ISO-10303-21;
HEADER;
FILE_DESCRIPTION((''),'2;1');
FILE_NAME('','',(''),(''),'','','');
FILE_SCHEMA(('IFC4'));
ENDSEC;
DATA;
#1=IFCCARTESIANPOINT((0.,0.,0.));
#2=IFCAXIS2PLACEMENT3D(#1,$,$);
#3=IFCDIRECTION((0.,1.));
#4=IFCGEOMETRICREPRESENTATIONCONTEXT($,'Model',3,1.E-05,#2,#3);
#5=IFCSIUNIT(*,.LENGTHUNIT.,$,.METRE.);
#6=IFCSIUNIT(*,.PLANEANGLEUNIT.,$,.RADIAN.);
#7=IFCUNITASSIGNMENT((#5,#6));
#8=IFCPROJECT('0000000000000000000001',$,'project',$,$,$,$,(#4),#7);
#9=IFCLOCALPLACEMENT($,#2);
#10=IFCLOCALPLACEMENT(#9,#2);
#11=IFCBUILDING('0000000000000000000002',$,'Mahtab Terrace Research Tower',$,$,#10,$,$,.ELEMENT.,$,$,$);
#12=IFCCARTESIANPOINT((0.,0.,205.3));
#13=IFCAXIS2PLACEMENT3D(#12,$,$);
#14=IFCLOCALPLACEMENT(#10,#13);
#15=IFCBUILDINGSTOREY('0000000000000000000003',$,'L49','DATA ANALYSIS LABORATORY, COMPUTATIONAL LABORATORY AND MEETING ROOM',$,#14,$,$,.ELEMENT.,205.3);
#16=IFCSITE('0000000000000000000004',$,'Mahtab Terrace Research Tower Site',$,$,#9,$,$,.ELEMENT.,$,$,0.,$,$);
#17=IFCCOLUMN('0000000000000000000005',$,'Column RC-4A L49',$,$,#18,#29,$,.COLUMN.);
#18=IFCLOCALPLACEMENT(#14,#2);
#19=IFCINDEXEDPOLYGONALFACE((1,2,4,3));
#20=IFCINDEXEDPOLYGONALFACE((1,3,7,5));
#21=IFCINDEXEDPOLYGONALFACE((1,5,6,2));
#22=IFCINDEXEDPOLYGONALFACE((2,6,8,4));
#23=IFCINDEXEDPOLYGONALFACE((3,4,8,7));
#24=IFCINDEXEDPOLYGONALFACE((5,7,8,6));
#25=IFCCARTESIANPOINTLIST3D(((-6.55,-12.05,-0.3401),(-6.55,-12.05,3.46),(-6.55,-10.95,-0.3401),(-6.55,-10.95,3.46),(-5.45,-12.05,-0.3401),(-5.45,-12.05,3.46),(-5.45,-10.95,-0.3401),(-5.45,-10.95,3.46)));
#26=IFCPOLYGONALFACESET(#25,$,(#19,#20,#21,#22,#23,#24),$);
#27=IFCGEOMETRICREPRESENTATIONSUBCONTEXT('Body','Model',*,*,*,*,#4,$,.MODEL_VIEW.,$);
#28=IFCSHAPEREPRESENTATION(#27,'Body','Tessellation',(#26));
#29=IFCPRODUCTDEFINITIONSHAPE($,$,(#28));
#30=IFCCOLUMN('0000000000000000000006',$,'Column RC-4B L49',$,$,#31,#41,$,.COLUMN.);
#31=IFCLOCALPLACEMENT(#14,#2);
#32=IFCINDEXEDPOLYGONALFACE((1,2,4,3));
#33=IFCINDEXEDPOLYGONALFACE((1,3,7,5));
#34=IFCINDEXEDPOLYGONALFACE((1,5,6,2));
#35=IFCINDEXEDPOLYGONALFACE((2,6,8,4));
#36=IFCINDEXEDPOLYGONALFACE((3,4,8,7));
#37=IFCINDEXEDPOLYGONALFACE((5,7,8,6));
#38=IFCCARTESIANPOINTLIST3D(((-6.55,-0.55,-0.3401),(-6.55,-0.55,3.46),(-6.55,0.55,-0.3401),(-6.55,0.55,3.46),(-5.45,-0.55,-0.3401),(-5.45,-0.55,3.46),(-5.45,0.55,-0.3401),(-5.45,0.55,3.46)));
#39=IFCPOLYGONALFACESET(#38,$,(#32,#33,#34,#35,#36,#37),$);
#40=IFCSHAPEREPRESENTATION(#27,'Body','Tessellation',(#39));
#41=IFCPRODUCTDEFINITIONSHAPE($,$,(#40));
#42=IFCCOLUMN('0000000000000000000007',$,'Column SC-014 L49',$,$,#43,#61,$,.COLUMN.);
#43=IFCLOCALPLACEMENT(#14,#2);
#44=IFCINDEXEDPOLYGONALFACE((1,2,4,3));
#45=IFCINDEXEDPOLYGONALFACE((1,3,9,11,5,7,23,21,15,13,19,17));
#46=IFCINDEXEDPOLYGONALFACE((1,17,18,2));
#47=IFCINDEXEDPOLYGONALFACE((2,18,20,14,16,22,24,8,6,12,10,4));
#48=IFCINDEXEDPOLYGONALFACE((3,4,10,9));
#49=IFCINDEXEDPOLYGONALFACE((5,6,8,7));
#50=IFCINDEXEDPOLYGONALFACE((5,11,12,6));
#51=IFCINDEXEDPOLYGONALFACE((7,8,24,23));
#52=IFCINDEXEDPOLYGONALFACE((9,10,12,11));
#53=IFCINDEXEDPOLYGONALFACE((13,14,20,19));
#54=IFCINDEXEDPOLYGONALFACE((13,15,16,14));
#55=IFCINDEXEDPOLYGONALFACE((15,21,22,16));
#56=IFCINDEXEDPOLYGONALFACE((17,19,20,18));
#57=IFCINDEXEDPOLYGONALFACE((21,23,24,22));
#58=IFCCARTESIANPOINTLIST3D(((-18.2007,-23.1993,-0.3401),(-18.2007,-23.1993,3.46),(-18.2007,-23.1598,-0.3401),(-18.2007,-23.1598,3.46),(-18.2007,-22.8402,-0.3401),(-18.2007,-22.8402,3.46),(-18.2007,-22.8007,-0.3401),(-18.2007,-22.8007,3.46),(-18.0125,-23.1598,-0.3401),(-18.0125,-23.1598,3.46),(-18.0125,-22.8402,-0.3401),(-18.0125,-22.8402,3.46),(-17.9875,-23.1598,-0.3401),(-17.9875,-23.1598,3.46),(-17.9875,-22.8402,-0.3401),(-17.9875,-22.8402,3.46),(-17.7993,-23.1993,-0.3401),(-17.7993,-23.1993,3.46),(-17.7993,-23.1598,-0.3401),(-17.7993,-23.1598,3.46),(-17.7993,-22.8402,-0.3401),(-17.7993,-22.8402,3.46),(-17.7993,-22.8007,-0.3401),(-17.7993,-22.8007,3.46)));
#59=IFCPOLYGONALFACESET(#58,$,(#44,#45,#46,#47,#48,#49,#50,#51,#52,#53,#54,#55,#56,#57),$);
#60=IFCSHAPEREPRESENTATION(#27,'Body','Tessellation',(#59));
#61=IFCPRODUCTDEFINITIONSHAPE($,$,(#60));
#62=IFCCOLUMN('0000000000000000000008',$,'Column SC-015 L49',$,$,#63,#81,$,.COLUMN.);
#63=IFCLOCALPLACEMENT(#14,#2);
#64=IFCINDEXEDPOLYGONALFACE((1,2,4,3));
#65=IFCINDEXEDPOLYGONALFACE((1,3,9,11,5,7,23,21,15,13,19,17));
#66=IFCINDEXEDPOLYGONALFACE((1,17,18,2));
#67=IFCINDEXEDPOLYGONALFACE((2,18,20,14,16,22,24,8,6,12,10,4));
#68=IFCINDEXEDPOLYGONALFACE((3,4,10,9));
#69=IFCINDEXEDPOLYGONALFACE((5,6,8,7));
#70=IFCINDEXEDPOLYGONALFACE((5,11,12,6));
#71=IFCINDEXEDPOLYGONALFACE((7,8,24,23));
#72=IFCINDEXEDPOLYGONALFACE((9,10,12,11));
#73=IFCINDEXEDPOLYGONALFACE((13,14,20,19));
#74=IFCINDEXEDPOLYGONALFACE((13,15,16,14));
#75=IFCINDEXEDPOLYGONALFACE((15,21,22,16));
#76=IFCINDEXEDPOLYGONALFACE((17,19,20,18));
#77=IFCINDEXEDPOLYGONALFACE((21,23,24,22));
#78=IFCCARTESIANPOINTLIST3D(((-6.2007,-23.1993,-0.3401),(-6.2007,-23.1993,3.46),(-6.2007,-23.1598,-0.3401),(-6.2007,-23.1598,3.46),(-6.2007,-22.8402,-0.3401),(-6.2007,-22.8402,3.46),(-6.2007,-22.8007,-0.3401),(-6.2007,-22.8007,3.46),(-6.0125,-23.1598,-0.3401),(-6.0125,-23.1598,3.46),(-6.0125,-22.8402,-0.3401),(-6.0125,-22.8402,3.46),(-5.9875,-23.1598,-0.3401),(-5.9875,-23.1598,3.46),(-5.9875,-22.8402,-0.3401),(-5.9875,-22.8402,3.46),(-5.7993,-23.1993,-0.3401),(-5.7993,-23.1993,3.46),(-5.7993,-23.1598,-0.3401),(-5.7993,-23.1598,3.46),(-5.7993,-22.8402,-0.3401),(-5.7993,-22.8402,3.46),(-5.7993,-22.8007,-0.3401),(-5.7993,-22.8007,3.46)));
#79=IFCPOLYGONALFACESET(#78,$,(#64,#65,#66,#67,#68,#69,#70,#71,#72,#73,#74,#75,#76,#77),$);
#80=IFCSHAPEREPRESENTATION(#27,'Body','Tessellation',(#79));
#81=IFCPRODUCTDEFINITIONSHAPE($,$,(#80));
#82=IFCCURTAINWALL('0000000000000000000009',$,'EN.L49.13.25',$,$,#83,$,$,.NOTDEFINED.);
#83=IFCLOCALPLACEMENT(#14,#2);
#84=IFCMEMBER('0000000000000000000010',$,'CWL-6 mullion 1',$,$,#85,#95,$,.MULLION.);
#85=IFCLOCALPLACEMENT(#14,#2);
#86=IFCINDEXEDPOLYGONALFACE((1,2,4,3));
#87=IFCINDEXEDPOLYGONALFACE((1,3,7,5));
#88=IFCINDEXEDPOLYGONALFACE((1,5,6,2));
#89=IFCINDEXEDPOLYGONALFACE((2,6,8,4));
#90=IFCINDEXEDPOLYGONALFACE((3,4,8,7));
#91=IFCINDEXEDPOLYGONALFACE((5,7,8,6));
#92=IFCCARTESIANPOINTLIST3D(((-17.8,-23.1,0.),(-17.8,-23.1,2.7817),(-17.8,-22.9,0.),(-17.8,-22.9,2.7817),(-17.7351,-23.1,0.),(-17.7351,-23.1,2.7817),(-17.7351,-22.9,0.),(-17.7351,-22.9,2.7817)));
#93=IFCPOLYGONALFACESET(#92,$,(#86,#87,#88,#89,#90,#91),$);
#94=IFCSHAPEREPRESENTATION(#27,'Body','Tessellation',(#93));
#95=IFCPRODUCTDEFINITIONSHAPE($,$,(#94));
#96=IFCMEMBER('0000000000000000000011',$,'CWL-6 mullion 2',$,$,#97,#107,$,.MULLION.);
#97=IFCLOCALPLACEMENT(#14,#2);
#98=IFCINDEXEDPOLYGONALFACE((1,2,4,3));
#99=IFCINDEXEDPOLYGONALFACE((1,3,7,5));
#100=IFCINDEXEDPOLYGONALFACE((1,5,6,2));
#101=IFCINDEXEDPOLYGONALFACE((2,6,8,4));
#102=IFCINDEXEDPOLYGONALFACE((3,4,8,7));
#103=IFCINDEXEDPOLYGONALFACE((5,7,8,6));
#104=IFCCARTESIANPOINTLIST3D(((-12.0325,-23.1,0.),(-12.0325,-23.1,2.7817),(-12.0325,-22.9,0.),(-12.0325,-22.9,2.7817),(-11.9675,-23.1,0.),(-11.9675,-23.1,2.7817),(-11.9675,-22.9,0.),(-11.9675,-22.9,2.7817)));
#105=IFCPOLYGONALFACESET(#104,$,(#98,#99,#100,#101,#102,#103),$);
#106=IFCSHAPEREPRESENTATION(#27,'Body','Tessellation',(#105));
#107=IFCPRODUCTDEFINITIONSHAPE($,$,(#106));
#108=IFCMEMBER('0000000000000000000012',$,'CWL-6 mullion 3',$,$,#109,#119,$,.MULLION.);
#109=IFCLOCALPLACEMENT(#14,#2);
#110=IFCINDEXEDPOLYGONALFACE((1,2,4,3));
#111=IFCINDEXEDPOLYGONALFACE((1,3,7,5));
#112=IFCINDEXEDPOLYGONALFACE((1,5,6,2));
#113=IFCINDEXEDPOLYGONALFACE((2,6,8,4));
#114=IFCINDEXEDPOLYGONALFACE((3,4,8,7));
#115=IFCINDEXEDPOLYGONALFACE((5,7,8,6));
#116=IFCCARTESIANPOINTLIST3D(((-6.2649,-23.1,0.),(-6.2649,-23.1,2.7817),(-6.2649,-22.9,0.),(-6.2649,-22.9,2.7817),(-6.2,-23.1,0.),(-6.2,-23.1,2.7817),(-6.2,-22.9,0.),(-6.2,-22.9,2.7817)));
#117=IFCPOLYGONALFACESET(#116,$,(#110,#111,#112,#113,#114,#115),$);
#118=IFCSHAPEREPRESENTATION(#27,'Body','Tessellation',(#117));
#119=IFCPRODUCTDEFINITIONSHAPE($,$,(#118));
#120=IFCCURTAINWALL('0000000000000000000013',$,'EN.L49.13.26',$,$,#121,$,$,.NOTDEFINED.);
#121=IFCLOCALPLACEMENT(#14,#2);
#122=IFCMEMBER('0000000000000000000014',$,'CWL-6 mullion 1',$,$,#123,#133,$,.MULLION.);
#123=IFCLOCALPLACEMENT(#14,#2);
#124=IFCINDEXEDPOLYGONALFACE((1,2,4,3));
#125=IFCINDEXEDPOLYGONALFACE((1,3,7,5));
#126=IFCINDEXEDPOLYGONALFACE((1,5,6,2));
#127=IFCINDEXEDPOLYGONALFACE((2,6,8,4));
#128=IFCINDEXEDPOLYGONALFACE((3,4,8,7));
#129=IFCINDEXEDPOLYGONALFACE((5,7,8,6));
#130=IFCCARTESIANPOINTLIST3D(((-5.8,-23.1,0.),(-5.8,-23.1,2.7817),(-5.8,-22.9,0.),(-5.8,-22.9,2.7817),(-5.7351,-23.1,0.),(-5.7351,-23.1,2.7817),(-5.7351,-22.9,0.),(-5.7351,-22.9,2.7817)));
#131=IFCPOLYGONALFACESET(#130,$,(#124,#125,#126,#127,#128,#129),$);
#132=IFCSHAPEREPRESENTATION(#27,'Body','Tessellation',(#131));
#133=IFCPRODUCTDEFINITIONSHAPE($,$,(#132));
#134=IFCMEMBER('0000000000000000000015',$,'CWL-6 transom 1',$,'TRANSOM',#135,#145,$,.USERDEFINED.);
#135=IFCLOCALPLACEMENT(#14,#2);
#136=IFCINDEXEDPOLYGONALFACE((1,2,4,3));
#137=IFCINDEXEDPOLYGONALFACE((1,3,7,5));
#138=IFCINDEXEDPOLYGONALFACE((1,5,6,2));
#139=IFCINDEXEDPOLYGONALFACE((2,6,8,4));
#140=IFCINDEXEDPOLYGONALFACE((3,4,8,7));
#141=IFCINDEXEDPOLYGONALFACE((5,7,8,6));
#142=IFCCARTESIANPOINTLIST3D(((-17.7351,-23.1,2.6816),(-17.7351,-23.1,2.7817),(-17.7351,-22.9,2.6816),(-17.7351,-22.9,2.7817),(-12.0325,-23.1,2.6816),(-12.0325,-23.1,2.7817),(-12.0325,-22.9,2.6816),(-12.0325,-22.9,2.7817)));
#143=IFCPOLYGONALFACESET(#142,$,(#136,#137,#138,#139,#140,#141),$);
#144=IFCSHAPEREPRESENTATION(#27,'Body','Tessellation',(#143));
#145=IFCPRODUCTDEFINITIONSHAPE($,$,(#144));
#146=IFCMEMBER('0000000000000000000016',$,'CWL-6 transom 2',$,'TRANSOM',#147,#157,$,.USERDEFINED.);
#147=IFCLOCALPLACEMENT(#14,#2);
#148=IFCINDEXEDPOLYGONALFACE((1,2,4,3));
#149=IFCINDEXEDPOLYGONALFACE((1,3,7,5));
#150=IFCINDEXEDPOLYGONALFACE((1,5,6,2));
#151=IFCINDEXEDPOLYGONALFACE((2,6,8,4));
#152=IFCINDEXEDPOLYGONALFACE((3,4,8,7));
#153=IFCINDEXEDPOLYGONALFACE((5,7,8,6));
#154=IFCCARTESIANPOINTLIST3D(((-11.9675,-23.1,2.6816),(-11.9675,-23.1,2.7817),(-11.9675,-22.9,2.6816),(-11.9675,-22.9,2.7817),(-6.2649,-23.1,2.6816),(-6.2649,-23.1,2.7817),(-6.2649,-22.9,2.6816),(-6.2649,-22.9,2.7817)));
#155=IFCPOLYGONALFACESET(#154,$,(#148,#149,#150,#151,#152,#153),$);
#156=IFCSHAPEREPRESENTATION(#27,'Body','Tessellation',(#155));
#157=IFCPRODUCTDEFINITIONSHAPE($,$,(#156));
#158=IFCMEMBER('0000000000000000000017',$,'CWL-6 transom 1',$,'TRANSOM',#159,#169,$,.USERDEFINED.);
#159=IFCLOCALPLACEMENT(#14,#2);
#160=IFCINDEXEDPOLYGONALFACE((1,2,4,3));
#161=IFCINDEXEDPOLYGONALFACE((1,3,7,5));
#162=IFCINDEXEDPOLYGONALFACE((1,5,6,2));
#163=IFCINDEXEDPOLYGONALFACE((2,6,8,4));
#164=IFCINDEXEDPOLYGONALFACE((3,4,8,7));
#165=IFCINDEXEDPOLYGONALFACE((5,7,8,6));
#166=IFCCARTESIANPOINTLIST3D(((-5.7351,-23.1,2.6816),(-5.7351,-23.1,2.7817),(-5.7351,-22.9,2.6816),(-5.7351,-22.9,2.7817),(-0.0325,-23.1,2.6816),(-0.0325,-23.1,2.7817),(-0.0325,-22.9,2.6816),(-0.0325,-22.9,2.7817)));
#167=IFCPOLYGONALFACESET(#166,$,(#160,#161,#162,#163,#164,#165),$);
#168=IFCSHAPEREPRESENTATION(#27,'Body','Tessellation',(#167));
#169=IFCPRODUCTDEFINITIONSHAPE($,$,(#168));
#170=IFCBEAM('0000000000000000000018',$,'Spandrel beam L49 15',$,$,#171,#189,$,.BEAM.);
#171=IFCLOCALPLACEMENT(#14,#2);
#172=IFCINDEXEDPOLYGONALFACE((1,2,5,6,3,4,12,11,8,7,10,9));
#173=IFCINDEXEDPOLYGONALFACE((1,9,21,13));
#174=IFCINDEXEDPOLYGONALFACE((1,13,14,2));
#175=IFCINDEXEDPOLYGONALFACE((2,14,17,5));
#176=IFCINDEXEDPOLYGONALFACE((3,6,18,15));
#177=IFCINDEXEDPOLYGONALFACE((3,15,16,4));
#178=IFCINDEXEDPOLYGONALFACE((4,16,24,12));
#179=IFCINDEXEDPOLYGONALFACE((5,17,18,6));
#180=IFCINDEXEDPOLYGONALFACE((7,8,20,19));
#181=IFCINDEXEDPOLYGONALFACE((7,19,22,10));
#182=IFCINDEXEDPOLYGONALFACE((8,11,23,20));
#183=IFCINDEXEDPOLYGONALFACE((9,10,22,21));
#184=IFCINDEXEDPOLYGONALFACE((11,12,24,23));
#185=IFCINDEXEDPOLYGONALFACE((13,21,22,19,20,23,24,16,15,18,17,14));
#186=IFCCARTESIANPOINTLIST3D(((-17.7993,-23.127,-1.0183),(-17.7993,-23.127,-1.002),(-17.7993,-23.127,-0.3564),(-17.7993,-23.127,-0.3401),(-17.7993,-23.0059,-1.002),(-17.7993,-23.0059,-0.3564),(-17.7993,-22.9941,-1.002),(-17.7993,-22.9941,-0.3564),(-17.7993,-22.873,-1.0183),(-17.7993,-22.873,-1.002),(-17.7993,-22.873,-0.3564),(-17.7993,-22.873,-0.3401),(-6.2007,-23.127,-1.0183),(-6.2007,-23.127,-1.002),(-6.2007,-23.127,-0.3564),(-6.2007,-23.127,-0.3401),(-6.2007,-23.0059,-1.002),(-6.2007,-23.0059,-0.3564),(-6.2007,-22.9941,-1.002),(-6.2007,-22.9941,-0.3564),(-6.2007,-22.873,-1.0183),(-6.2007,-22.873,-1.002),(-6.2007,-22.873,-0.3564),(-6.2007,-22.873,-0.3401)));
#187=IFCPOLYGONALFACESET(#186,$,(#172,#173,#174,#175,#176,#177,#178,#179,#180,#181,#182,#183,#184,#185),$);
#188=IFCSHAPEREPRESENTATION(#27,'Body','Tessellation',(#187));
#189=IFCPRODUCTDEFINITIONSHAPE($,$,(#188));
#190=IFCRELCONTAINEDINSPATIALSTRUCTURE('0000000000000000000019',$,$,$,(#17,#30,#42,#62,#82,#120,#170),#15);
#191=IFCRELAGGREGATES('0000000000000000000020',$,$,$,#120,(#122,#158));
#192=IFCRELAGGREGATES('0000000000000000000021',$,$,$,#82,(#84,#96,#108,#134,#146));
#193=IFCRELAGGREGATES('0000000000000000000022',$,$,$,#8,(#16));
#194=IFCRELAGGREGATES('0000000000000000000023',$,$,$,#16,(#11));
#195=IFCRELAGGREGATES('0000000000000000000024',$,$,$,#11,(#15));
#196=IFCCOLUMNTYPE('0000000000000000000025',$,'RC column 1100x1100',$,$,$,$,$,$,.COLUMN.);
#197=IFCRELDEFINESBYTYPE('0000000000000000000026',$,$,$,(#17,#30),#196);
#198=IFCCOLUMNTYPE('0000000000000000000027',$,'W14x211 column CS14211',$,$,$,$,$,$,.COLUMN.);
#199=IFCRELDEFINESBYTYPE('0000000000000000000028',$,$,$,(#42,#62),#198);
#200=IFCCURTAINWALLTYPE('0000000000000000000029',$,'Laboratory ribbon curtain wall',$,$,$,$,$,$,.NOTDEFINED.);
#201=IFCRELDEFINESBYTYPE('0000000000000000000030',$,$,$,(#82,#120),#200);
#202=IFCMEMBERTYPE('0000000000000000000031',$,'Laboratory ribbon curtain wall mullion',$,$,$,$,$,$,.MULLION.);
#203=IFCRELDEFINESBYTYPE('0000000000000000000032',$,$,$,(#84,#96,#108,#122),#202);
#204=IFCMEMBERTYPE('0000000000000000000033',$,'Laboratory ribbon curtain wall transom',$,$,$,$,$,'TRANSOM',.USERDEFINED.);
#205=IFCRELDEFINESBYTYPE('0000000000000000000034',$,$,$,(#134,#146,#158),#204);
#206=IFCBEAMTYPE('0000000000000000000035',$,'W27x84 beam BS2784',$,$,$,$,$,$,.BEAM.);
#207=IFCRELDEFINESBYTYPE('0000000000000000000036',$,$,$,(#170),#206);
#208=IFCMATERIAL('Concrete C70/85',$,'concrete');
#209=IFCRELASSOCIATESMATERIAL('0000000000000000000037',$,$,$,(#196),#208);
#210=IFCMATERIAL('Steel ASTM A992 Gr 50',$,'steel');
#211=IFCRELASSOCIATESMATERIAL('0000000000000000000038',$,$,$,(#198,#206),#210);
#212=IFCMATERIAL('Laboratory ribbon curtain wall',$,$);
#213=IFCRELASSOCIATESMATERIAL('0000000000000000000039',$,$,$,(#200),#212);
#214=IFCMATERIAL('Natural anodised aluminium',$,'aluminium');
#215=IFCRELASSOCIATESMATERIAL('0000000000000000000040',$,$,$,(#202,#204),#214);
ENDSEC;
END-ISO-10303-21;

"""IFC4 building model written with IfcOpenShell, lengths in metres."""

from ifc_helpers import new_model, si_unit, direction, frame, origin, origin_2d, place, context, subcontext, project, spatial, rectangle, i_section, extrude, material, material_profile, profile_set, type_object, element, aggregate, save


model = new_model("IFC4")

# Units and contexts
model_context = context("Model", 3, precision=1e-05, world=origin(), true_north=direction((0.0, 1.0)))
body_context = subcontext(model_context, "Body", "Model", "MODEL_VIEW")
ifc_project = project(units=[si_unit("LENGTHUNIT", "METRE"), si_unit("PLANEANGLEUNIT", "RADIAN")], contexts=[model_context])

# Site, building, storey
site_placement = place(None, origin())
site = spatial("IfcSite", under=ifc_project, at=site_placement, Name="Mahtab Terrace Research Tower Site", CompositionType="ELEMENT", RefElevation=0.0)
building_placement = place(site_placement, origin())
building = spatial("IfcBuilding", under=site, at=building_placement, Name="Mahtab Terrace Research Tower", CompositionType="ELEMENT")
storey_placement = place(building_placement, frame((0.0, 0.0, 205.3)))
storey = spatial("IfcBuildingStorey", under=building, at=storey_placement, Name="L49", Description="DATA ANALYSIS LABORATORY, COMPUTATIONAL LABORATORY AND MEETING ROOM", CompositionType="ELEMENT", Elevation=205.3)

# Columns
ifc_material_1 = material(Name="Concrete C70/85", Category="concrete")
ifc_material_profile_1 = material_profile(ifc_material_1, rectangle(XDim=1.1001, YDim=1.1001, at=origin_2d()), Name="RC column 1100x1100")
ifc_profile_set_1 = profile_set([ifc_material_profile_1], Name="Concrete C70/85")
column_type_1 = type_object("IfcColumnType", Name="RC column 1100x1100", PredefinedType="COLUMN", material=ifc_profile_set_1)
for number, where, z_axis, x_axis, name in (
    (1, (-6.0, -11.5, -0.3401), (0.0, 0.0, 1.0), (1.0, 0.0, 0.0), "Column RC-4A L49"),
    (2, (-6.0, 0.0, -0.3401), (0.0, 0.0, 1.0), (1.0, 0.0, 0.0), "Column RC-4B L49"),
):
    element("IfcColumn", number, at=place(storey_placement, frame(where, z_axis=z_axis, x_axis=x_axis)), inside=storey, type_object=column_type_1, Name=name, PredefinedType="COLUMN", context=body_context, shape_type="SweptSolid", body=[
        extrude(rectangle(XDim=1.1001, YDim=1.1001, at=origin_2d()), origin(), (0.0, 0.0, 1.0), 3.8),
    ])
ifc_material_2 = material(Name="Steel ASTM A992 Gr 50", Category="steel")
ifc_material_profile_2 = material_profile(ifc_material_2, i_section(OverallWidth=0.4014, OverallDepth=0.3987, WebThickness=0.0249, FlangeThickness=0.0396, at=origin_2d()), Name="W14X211")
ifc_profile_set_2 = profile_set([ifc_material_profile_2], Name="Steel ASTM A992 Gr 50")
column_type_2 = type_object("IfcColumnType", Name="W14x211 column CS14211", PredefinedType="COLUMN", material=ifc_profile_set_2)
for number, where, z_axis, x_axis, name in (
    (3, (-18.0, -23.0, -0.3401), (0.0, 0.0, 1.0), (1.0, 0.0, 0.0), "Column SC-014 L49"),
    (4, (-6.0, -23.0, -0.3401), (0.0, 0.0, 1.0), (1.0, 0.0, 0.0), "Column SC-015 L49"),
):
    element("IfcColumn", number, at=place(storey_placement, frame(where, z_axis=z_axis, x_axis=x_axis)), inside=storey, type_object=column_type_2, Name=name, PredefinedType="COLUMN", context=body_context, shape_type="SweptSolid", body=[
        extrude(i_section(OverallWidth=0.4014, OverallDepth=0.3987, WebThickness=0.0249, FlangeThickness=0.0396, at=origin_2d()), origin(), (0.0, 0.0, 1.0), 3.8),
    ])

# Curtain wall, members
ifc_material_3 = material(Name="Laboratory ribbon curtain wall")
curtain_wall_type = type_object("IfcCurtainWallType", Name="Laboratory ribbon curtain wall", PredefinedType="NOTDEFINED", material=ifc_material_3)
curtain_wall_1_placement = place(storey_placement, origin())
curtain_wall_1 = element("IfcCurtainWall", 5, at=curtain_wall_1_placement, inside=storey, type_object=curtain_wall_type, Name="EN.L49.13.25", PredefinedType="NOTDEFINED")
ifc_material_4 = material(Name="Natural anodised aluminium", Category="aluminium")
ifc_material_profile_3 = material_profile(ifc_material_4, rectangle(XDim=0.2, YDim=0.0649, at=origin_2d()), Name="MULLION 65x200")
ifc_profile_set_3 = profile_set([ifc_material_profile_3], Name="Natural anodised aluminium")
member_type_1 = type_object("IfcMemberType", Name="Laboratory ribbon curtain wall mullion", PredefinedType="MULLION", material=ifc_profile_set_3)
member_1_placement = place(storey_placement, frame((-17.7676, -23.0, 0.0), z_axis=(0.0, 0.0, 1.0), x_axis=(0.0, 1.0, 0.0)))
member_1 = element("IfcMember", 6, at=member_1_placement, type_object=member_type_1, Name="CWL-6 mullion 1", PredefinedType="MULLION", context=body_context, shape_type="SweptSolid", body=[
    extrude(rectangle(XDim=0.2, YDim=0.0649, at=origin_2d()), origin(), (0.0, 0.0, 1.0), 2.7817),
])
member_2_placement = place(storey_placement, frame((-12.0, -23.0, 0.0), z_axis=(0.0, 0.0, 1.0), x_axis=(0.0, 1.0, 0.0)))
member_2 = element("IfcMember", 7, at=member_2_placement, type_object=member_type_1, Name="CWL-6 mullion 2", PredefinedType="MULLION", context=body_context, shape_type="SweptSolid", body=[
    extrude(rectangle(XDim=0.2, YDim=0.0649, at=origin_2d()), origin(), (0.0, 0.0, 1.0), 2.7817),
])
member_3_placement = place(storey_placement, frame((-6.2324, -23.0, 0.0), z_axis=(0.0, 0.0, 1.0), x_axis=(0.0, 1.0, 0.0)))
member_3 = element("IfcMember", 8, at=member_3_placement, type_object=member_type_1, Name="CWL-6 mullion 3", PredefinedType="MULLION", context=body_context, shape_type="SweptSolid", body=[
    extrude(rectangle(XDim=0.2, YDim=0.0649, at=origin_2d()), origin(), (0.0, 0.0, 1.0), 2.7817),
])

# Curtain wall, member
curtain_wall_2_placement = place(storey_placement, origin())
curtain_wall_2 = element("IfcCurtainWall", 9, at=curtain_wall_2_placement, inside=storey, type_object=curtain_wall_type, Name="EN.L49.13.26", PredefinedType="NOTDEFINED")
member_4_placement = place(storey_placement, frame((-5.7676, -23.0, 0.0), z_axis=(0.0, 0.0, 1.0), x_axis=(0.0, 1.0, 0.0)))
member_4 = element("IfcMember", 10, at=member_4_placement, type_object=member_type_1, Name="CWL-6 mullion 1", PredefinedType="MULLION", context=body_context, shape_type="SweptSolid", body=[
    extrude(rectangle(XDim=0.2, YDim=0.0649, at=origin_2d()), origin(), (0.0, 0.0, 1.0), 2.7817),
])

# Members
ifc_material_profile_4 = material_profile(ifc_material_4, rectangle(XDim=0.2, YDim=0.1001, at=origin_2d()), Name="TRANSOM 100x200")
ifc_profile_set_4 = profile_set([ifc_material_profile_4], Name="Natural anodised aluminium")
member_type_2 = type_object("IfcMemberType", Name="Laboratory ribbon curtain wall transom", ElementType="TRANSOM", PredefinedType="USERDEFINED", material=ifc_profile_set_4)
member_5_placement = place(storey_placement, frame((-17.7351, -23.0, 2.7317), z_axis=(1.0, 0.0, 0.0), x_axis=(0.0, 1.0, 0.0)))
member_5 = element("IfcMember", 11, at=member_5_placement, type_object=member_type_2, Name="CWL-6 transom 1", ObjectType="TRANSOM", PredefinedType="USERDEFINED", context=body_context, shape_type="SweptSolid", body=[
    extrude(rectangle(XDim=0.2, YDim=0.1001, at=origin_2d()), origin(), (0.0, 0.0, 1.0), 5.7026),
])
member_6_placement = place(storey_placement, frame((-11.9675, -23.0, 2.7317), z_axis=(1.0, 0.0, 0.0), x_axis=(0.0, 1.0, 0.0)))
member_6 = element("IfcMember", 12, at=member_6_placement, type_object=member_type_2, Name="CWL-6 transom 2", ObjectType="TRANSOM", PredefinedType="USERDEFINED", context=body_context, shape_type="SweptSolid", body=[
    extrude(rectangle(XDim=0.2, YDim=0.1001, at=origin_2d()), origin(), (0.0, 0.0, 1.0), 5.7026),
])
member_7_placement = place(storey_placement, frame((-5.7351, -23.0, 2.7317), z_axis=(1.0, 0.0, 0.0), x_axis=(0.0, 1.0, 0.0)))
member_7 = element("IfcMember", 13, at=member_7_placement, type_object=member_type_2, Name="CWL-6 transom 1", ObjectType="TRANSOM", PredefinedType="USERDEFINED", context=body_context, shape_type="SweptSolid", body=[
    extrude(rectangle(XDim=0.2, YDim=0.1001, at=origin_2d()), origin(), (0.0, 0.0, 1.0), 5.7026),
])
aggregate(curtain_wall_2, [member_4, member_7])

# Beam
ifc_material_profile_5 = material_profile(ifc_material_2, i_section(OverallWidth=0.2539, OverallDepth=0.6782, WebThickness=0.0117, FlangeThickness=0.0164, at=origin_2d()), Name="W27X84")
ifc_profile_set_5 = profile_set([ifc_material_profile_5], Name="Steel ASTM A992 Gr 50")
beam_type = type_object("IfcBeamType", Name="W27x84 beam BS2784", PredefinedType="BEAM", material=ifc_profile_set_5)
for number, where, z_axis, x_axis, name in (
    (14, (-17.7993, -23.0, -0.6792), (1.0, 0.0, 0.0), (0.0, 1.0, 0.0), "Spandrel beam L49 15"),
):
    element("IfcBeam", number, at=place(storey_placement, frame(where, z_axis=z_axis, x_axis=x_axis)), inside=storey, type_object=beam_type, Name=name, PredefinedType="BEAM", context=body_context, shape_type="SweptSolid", body=[
        extrude(i_section(OverallWidth=0.2539, OverallDepth=0.6782, WebThickness=0.0117, FlangeThickness=0.0164, at=origin_2d()), origin(), (0.0, 0.0, 1.0), 11.5986),
    ])

aggregate(curtain_wall_1, [member_1, member_2, member_3, member_5, member_6])

save(model, "model.ifc")
